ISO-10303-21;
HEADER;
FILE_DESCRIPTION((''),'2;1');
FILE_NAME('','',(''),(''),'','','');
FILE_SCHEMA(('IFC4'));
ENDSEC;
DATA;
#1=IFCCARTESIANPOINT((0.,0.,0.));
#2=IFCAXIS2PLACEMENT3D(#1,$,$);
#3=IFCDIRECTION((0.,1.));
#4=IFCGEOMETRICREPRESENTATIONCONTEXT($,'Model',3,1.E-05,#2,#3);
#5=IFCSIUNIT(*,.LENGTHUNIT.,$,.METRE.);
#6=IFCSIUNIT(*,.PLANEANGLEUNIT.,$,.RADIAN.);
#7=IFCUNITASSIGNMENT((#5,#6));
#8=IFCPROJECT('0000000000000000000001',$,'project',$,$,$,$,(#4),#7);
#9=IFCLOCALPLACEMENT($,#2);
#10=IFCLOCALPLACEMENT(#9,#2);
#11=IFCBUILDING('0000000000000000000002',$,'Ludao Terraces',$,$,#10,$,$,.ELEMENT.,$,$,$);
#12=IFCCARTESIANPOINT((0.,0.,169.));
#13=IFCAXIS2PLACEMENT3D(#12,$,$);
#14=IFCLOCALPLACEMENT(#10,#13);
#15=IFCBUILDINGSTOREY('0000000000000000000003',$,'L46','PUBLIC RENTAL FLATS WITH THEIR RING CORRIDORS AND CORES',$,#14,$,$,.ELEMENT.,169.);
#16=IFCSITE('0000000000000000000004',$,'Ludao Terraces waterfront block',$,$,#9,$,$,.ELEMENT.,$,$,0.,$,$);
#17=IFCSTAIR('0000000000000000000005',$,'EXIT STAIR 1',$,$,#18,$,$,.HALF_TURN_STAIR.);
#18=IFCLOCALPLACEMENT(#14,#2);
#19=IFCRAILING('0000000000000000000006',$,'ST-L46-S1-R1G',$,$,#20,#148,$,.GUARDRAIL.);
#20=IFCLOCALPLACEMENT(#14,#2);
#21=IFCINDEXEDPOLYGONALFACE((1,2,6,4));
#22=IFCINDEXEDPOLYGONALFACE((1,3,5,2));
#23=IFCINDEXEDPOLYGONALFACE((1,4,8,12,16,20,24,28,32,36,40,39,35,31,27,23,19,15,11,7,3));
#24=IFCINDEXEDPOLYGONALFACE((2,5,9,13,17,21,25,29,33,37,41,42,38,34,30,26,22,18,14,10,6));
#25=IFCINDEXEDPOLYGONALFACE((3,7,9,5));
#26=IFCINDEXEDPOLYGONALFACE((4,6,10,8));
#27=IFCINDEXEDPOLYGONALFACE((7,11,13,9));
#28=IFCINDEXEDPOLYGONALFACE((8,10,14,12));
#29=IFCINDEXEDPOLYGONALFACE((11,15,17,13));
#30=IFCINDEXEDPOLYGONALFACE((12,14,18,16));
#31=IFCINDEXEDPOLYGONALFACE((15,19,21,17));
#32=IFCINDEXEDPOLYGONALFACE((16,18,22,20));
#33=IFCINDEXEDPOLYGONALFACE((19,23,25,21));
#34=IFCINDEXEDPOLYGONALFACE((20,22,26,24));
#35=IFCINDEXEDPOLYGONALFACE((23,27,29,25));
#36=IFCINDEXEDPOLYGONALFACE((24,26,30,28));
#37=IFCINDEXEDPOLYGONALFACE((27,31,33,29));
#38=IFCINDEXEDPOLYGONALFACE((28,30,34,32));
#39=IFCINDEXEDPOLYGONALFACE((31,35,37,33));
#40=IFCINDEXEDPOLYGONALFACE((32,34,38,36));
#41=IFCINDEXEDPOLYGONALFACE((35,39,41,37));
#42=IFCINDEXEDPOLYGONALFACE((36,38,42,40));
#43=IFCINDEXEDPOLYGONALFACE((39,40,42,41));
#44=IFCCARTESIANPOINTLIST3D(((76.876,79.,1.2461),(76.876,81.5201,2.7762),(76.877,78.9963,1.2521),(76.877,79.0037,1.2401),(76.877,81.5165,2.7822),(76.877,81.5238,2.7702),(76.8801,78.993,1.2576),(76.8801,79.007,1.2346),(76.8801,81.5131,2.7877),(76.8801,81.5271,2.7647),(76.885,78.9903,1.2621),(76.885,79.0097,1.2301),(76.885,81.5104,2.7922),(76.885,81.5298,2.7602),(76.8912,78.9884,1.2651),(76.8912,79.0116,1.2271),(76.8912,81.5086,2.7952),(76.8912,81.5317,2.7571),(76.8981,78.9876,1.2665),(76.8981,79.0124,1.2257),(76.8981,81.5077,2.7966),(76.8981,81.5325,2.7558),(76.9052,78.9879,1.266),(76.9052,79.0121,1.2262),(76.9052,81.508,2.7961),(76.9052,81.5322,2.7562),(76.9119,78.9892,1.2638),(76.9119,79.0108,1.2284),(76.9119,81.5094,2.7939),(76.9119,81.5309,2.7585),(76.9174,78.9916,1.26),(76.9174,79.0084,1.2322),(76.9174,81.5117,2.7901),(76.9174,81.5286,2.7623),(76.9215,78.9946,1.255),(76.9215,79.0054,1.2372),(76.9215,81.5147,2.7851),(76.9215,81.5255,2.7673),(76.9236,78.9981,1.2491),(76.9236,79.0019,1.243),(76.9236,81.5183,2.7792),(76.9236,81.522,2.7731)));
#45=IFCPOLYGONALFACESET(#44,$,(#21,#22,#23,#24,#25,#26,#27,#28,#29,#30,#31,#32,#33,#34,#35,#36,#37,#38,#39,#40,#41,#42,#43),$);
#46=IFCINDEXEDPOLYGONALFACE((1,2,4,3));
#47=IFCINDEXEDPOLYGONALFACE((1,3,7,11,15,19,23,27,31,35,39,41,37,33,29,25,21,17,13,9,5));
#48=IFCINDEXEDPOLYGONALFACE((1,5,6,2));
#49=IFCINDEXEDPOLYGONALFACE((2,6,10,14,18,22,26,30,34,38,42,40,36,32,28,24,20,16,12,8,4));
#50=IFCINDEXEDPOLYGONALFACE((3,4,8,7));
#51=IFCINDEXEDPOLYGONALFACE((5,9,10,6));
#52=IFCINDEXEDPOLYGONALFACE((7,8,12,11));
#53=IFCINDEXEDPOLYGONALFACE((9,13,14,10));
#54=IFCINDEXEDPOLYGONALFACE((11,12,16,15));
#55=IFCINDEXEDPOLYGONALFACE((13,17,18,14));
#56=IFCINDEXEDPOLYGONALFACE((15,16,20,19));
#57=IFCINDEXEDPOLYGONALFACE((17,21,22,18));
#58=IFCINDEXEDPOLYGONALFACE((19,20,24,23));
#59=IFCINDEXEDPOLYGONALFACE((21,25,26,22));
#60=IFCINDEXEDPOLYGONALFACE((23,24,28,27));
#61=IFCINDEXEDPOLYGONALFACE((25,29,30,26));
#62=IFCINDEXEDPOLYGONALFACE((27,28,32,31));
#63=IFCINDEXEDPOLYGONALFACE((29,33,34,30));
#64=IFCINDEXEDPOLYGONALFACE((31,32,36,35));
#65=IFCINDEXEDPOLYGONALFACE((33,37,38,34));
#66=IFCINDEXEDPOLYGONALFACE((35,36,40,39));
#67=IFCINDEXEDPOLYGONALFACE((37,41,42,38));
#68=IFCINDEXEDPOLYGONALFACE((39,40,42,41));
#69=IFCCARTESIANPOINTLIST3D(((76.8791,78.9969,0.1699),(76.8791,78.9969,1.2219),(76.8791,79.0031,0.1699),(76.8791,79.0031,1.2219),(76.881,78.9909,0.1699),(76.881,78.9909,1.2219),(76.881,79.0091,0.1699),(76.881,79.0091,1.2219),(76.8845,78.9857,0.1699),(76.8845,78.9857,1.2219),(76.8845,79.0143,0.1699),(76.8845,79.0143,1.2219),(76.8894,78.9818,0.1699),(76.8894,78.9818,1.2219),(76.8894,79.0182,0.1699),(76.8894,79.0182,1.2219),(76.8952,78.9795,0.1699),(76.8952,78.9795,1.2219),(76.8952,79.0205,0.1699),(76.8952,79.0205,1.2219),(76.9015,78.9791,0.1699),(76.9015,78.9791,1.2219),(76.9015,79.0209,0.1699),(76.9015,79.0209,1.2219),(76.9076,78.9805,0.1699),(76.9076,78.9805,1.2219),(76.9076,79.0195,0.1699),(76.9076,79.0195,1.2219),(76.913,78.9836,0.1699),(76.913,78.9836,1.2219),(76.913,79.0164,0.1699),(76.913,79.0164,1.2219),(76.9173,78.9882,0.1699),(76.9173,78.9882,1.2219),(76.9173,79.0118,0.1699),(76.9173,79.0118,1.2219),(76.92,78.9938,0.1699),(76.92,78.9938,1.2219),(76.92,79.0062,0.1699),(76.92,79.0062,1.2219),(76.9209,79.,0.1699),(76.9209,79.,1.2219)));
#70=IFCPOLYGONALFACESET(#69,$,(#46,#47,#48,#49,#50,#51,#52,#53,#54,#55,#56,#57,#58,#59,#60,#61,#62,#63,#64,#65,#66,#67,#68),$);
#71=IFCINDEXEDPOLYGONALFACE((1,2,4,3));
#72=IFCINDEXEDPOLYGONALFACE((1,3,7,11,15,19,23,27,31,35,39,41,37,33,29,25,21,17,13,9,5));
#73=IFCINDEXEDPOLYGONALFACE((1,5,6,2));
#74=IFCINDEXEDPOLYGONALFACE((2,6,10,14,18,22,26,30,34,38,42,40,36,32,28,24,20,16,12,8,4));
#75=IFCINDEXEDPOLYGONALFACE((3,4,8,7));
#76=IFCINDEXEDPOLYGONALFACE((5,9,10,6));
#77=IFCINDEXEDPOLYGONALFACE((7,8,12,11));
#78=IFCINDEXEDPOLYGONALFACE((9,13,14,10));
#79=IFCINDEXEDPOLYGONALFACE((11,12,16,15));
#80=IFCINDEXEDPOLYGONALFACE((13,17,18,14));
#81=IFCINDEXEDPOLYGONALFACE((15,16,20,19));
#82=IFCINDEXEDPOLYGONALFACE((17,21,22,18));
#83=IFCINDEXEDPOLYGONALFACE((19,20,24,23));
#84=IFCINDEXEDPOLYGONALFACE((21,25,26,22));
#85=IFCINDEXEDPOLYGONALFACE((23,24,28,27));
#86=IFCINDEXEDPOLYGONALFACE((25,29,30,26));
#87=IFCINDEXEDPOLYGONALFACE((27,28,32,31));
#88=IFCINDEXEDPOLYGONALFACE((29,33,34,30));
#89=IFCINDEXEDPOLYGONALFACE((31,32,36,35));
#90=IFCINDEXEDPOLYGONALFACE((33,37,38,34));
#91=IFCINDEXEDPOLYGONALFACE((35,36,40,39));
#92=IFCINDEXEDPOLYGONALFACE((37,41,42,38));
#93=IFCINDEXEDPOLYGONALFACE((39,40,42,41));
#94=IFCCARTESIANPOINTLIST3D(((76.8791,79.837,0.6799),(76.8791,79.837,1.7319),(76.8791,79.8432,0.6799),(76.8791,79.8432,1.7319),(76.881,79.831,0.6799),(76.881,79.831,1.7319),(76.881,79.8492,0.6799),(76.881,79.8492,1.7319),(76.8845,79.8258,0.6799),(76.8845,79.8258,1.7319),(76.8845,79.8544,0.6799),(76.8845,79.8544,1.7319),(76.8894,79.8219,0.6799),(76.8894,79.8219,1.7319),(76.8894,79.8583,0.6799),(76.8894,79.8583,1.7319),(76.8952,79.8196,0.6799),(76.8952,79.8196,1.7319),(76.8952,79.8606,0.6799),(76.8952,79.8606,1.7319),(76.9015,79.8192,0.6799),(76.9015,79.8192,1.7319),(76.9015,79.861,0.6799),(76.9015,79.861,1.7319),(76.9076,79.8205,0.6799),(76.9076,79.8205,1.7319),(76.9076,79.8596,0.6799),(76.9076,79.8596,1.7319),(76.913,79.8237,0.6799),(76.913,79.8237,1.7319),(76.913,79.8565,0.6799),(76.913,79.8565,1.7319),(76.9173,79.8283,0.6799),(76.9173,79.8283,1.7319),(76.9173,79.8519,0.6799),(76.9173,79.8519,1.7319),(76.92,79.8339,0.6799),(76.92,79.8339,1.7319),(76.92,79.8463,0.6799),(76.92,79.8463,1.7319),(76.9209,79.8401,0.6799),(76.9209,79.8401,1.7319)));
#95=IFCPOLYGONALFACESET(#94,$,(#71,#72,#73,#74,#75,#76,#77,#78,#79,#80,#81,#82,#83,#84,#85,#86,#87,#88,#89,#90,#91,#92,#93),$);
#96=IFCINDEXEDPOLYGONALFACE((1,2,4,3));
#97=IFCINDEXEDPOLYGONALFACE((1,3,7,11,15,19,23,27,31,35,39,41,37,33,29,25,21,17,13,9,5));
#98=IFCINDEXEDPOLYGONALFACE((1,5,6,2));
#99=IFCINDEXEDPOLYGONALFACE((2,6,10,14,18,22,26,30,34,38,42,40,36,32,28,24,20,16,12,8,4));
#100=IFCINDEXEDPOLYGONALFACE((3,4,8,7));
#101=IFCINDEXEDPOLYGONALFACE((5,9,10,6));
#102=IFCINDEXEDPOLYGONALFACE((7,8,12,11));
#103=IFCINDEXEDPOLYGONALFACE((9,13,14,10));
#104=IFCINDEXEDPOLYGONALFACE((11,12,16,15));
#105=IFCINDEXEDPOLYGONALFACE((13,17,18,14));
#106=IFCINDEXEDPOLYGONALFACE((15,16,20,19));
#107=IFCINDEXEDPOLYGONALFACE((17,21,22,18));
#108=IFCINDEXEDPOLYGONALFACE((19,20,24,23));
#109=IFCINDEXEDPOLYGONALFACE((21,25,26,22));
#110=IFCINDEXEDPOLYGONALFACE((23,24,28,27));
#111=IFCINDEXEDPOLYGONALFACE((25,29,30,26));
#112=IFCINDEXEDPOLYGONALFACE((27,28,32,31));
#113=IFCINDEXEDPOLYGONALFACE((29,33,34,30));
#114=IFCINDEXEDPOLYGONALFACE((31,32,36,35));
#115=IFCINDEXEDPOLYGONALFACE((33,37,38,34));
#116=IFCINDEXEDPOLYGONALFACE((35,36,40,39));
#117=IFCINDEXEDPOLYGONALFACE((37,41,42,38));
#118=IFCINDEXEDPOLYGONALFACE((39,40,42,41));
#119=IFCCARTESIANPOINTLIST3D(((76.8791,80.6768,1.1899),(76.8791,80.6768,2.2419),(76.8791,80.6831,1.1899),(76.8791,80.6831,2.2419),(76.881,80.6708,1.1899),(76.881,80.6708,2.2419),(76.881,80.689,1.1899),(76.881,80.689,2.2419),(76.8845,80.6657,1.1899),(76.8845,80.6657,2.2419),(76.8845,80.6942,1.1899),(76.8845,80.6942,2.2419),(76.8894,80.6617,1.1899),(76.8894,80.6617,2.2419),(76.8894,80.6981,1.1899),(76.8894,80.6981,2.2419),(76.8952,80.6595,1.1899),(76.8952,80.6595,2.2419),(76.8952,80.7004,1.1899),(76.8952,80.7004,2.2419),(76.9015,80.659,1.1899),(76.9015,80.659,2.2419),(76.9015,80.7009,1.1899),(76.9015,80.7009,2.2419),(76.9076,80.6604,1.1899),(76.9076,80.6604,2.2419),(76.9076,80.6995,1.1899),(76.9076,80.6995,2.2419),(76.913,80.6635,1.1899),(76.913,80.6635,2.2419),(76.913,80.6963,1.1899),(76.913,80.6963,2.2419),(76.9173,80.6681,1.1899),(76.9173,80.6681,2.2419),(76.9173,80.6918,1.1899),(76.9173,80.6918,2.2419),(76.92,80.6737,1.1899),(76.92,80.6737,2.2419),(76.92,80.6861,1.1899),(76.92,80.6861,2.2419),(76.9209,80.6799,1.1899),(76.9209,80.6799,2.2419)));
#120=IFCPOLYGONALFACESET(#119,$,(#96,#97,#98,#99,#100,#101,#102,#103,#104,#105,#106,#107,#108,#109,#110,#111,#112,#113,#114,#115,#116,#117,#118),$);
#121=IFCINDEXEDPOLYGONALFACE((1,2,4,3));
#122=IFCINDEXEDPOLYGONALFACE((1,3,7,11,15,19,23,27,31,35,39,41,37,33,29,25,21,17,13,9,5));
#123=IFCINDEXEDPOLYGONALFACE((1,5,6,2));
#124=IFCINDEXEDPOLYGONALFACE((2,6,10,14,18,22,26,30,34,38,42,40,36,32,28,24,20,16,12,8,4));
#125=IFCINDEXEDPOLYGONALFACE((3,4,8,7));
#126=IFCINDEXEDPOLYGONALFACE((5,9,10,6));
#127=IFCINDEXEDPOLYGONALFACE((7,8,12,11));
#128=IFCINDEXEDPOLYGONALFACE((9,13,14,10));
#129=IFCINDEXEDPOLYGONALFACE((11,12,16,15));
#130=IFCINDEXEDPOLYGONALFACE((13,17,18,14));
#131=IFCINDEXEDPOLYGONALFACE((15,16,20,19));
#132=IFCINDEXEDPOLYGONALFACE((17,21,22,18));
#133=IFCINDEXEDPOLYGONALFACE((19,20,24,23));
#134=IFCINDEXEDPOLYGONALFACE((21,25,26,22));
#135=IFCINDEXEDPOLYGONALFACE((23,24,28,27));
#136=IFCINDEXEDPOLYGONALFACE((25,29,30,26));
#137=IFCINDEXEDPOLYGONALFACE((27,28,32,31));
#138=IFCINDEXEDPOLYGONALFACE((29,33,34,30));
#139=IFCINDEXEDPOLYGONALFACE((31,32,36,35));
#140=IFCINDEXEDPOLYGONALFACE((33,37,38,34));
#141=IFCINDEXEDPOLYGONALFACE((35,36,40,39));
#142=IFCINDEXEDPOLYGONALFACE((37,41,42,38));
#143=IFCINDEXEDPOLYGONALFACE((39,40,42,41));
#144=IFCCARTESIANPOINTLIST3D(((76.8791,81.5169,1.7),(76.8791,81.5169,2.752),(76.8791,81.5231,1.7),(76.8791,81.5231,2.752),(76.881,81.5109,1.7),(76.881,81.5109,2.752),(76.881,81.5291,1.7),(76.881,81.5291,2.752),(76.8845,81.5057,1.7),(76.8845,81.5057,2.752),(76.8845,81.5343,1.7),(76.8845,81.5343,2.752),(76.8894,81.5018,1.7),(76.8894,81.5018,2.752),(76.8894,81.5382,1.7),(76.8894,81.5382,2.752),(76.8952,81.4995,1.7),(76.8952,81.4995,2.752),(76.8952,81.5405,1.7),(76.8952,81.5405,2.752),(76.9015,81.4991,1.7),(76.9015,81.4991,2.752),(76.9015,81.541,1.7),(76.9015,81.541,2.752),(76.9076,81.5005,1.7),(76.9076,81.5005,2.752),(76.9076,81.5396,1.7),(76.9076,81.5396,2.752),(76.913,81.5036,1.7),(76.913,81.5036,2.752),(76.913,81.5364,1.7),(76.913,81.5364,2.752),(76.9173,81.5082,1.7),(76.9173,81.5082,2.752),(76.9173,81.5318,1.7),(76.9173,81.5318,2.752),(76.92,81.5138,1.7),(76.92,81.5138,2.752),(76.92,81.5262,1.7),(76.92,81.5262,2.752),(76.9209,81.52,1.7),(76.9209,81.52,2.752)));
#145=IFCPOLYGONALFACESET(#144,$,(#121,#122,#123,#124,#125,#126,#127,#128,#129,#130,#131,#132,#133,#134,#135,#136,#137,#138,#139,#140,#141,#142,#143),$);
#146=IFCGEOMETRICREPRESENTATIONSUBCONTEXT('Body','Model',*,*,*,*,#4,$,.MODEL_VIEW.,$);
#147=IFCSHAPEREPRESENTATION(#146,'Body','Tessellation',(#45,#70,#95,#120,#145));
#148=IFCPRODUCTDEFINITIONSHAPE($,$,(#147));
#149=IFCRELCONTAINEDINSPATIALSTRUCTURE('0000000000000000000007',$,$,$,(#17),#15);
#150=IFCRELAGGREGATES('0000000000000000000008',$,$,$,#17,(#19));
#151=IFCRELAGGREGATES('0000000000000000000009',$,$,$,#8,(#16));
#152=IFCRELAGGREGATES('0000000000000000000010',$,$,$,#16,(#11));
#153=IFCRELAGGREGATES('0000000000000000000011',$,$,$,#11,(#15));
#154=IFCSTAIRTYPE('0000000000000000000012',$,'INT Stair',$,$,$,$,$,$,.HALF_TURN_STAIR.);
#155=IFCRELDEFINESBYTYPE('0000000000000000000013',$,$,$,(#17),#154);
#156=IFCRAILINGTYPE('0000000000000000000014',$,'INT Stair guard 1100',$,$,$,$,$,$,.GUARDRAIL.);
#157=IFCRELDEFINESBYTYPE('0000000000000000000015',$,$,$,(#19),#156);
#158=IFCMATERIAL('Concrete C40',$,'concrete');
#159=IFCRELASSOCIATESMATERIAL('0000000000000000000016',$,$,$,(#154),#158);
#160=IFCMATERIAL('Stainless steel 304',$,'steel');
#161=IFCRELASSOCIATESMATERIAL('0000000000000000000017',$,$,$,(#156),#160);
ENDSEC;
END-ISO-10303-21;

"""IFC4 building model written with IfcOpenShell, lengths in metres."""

from ifc_helpers import new_model, si_unit, direction, frame, origin, origin_2d, place, context, subcontext, project, spatial, circle, extrude, material, type_object, element, aggregate, save


model = new_model("IFC4")

# Units and contexts
model_context = context("Model", 3, precision=1e-05, world=origin(), true_north=direction((0.0, 1.0)))
body_context = subcontext(model_context, "Body", "Model", "MODEL_VIEW")
ifc_project = project(units=[si_unit("LENGTHUNIT", "METRE"), si_unit("PLANEANGLEUNIT", "RADIAN")], contexts=[model_context])

# Site, building, storey
site_placement = place(None, origin())
site = spatial("IfcSite", under=ifc_project, at=site_placement, Name="Ludao Terraces waterfront block", CompositionType="ELEMENT", RefElevation=0.0)
building_placement = place(site_placement, origin())
building = spatial("IfcBuilding", under=site, at=building_placement, Name="Ludao Terraces", CompositionType="ELEMENT")
storey_placement = place(building_placement, frame((0.0, 0.0, 169.0)))
storey = spatial("IfcBuildingStorey", under=building, at=storey_placement, Name="L46", Description="PUBLIC RENTAL FLATS WITH THEIR RING CORRIDORS AND CORES", CompositionType="ELEMENT", Elevation=169.0)

# Stair, railing
ifc_material_1 = material(Name="Concrete C40", Category="concrete")
stair_type = type_object("IfcStairType", Name="INT Stair", PredefinedType="HALF_TURN_STAIR", material=ifc_material_1)
stair_placement = place(storey_placement, origin())
stair = element("IfcStair", 1, at=stair_placement, inside=storey, type_object=stair_type, Name="EXIT STAIR 1", PredefinedType="HALF_TURN_STAIR")
ifc_material_2 = material(Name="Stainless steel 304", Category="steel")
railing_type_1 = type_object("IfcRailingType", Name="INT Stair guard 1100", PredefinedType="GUARDRAIL", material=ifc_material_2)
railing_1_placement = place(storey_placement, frame((76.8999, 79.0, 0.1699)))
railing_1 = element("IfcRailing", 2, at=railing_1_placement, type_object=railing_type_1, Name="ST-L46-S1-R1G", PredefinedType="GUARDRAIL", context=body_context, shape_type="SweptSolid", body=[
    extrude(circle(Radius=0.0239, at=origin_2d()), frame((0.0, 0.0, 1.0762), z_axis=(0.0, 0.854785, 0.518982), x_axis=(-1.0, 0.0, 0.0)), (0.0, 0.0, 1.0), 2.9482),
    extrude(circle(Radius=0.021, at=origin_2d()), origin(), (0.0, 0.0, 1.0), 1.052),
    extrude(circle(Radius=0.021, at=origin_2d()), frame((0.0, 0.8401, 0.51)), (0.0, 0.0, 1.0), 1.052),
    extrude(circle(Radius=0.021, at=origin_2d()), frame((0.0, 1.6799, 1.02)), (0.0, 0.0, 1.0), 1.052),
    extrude(circle(Radius=0.021, at=origin_2d()), frame((0.0, 2.52, 1.53)), (0.0, 0.0, 1.0), 1.052),
])
aggregate(stair, [railing_1])

save(model, "model.ifc")
